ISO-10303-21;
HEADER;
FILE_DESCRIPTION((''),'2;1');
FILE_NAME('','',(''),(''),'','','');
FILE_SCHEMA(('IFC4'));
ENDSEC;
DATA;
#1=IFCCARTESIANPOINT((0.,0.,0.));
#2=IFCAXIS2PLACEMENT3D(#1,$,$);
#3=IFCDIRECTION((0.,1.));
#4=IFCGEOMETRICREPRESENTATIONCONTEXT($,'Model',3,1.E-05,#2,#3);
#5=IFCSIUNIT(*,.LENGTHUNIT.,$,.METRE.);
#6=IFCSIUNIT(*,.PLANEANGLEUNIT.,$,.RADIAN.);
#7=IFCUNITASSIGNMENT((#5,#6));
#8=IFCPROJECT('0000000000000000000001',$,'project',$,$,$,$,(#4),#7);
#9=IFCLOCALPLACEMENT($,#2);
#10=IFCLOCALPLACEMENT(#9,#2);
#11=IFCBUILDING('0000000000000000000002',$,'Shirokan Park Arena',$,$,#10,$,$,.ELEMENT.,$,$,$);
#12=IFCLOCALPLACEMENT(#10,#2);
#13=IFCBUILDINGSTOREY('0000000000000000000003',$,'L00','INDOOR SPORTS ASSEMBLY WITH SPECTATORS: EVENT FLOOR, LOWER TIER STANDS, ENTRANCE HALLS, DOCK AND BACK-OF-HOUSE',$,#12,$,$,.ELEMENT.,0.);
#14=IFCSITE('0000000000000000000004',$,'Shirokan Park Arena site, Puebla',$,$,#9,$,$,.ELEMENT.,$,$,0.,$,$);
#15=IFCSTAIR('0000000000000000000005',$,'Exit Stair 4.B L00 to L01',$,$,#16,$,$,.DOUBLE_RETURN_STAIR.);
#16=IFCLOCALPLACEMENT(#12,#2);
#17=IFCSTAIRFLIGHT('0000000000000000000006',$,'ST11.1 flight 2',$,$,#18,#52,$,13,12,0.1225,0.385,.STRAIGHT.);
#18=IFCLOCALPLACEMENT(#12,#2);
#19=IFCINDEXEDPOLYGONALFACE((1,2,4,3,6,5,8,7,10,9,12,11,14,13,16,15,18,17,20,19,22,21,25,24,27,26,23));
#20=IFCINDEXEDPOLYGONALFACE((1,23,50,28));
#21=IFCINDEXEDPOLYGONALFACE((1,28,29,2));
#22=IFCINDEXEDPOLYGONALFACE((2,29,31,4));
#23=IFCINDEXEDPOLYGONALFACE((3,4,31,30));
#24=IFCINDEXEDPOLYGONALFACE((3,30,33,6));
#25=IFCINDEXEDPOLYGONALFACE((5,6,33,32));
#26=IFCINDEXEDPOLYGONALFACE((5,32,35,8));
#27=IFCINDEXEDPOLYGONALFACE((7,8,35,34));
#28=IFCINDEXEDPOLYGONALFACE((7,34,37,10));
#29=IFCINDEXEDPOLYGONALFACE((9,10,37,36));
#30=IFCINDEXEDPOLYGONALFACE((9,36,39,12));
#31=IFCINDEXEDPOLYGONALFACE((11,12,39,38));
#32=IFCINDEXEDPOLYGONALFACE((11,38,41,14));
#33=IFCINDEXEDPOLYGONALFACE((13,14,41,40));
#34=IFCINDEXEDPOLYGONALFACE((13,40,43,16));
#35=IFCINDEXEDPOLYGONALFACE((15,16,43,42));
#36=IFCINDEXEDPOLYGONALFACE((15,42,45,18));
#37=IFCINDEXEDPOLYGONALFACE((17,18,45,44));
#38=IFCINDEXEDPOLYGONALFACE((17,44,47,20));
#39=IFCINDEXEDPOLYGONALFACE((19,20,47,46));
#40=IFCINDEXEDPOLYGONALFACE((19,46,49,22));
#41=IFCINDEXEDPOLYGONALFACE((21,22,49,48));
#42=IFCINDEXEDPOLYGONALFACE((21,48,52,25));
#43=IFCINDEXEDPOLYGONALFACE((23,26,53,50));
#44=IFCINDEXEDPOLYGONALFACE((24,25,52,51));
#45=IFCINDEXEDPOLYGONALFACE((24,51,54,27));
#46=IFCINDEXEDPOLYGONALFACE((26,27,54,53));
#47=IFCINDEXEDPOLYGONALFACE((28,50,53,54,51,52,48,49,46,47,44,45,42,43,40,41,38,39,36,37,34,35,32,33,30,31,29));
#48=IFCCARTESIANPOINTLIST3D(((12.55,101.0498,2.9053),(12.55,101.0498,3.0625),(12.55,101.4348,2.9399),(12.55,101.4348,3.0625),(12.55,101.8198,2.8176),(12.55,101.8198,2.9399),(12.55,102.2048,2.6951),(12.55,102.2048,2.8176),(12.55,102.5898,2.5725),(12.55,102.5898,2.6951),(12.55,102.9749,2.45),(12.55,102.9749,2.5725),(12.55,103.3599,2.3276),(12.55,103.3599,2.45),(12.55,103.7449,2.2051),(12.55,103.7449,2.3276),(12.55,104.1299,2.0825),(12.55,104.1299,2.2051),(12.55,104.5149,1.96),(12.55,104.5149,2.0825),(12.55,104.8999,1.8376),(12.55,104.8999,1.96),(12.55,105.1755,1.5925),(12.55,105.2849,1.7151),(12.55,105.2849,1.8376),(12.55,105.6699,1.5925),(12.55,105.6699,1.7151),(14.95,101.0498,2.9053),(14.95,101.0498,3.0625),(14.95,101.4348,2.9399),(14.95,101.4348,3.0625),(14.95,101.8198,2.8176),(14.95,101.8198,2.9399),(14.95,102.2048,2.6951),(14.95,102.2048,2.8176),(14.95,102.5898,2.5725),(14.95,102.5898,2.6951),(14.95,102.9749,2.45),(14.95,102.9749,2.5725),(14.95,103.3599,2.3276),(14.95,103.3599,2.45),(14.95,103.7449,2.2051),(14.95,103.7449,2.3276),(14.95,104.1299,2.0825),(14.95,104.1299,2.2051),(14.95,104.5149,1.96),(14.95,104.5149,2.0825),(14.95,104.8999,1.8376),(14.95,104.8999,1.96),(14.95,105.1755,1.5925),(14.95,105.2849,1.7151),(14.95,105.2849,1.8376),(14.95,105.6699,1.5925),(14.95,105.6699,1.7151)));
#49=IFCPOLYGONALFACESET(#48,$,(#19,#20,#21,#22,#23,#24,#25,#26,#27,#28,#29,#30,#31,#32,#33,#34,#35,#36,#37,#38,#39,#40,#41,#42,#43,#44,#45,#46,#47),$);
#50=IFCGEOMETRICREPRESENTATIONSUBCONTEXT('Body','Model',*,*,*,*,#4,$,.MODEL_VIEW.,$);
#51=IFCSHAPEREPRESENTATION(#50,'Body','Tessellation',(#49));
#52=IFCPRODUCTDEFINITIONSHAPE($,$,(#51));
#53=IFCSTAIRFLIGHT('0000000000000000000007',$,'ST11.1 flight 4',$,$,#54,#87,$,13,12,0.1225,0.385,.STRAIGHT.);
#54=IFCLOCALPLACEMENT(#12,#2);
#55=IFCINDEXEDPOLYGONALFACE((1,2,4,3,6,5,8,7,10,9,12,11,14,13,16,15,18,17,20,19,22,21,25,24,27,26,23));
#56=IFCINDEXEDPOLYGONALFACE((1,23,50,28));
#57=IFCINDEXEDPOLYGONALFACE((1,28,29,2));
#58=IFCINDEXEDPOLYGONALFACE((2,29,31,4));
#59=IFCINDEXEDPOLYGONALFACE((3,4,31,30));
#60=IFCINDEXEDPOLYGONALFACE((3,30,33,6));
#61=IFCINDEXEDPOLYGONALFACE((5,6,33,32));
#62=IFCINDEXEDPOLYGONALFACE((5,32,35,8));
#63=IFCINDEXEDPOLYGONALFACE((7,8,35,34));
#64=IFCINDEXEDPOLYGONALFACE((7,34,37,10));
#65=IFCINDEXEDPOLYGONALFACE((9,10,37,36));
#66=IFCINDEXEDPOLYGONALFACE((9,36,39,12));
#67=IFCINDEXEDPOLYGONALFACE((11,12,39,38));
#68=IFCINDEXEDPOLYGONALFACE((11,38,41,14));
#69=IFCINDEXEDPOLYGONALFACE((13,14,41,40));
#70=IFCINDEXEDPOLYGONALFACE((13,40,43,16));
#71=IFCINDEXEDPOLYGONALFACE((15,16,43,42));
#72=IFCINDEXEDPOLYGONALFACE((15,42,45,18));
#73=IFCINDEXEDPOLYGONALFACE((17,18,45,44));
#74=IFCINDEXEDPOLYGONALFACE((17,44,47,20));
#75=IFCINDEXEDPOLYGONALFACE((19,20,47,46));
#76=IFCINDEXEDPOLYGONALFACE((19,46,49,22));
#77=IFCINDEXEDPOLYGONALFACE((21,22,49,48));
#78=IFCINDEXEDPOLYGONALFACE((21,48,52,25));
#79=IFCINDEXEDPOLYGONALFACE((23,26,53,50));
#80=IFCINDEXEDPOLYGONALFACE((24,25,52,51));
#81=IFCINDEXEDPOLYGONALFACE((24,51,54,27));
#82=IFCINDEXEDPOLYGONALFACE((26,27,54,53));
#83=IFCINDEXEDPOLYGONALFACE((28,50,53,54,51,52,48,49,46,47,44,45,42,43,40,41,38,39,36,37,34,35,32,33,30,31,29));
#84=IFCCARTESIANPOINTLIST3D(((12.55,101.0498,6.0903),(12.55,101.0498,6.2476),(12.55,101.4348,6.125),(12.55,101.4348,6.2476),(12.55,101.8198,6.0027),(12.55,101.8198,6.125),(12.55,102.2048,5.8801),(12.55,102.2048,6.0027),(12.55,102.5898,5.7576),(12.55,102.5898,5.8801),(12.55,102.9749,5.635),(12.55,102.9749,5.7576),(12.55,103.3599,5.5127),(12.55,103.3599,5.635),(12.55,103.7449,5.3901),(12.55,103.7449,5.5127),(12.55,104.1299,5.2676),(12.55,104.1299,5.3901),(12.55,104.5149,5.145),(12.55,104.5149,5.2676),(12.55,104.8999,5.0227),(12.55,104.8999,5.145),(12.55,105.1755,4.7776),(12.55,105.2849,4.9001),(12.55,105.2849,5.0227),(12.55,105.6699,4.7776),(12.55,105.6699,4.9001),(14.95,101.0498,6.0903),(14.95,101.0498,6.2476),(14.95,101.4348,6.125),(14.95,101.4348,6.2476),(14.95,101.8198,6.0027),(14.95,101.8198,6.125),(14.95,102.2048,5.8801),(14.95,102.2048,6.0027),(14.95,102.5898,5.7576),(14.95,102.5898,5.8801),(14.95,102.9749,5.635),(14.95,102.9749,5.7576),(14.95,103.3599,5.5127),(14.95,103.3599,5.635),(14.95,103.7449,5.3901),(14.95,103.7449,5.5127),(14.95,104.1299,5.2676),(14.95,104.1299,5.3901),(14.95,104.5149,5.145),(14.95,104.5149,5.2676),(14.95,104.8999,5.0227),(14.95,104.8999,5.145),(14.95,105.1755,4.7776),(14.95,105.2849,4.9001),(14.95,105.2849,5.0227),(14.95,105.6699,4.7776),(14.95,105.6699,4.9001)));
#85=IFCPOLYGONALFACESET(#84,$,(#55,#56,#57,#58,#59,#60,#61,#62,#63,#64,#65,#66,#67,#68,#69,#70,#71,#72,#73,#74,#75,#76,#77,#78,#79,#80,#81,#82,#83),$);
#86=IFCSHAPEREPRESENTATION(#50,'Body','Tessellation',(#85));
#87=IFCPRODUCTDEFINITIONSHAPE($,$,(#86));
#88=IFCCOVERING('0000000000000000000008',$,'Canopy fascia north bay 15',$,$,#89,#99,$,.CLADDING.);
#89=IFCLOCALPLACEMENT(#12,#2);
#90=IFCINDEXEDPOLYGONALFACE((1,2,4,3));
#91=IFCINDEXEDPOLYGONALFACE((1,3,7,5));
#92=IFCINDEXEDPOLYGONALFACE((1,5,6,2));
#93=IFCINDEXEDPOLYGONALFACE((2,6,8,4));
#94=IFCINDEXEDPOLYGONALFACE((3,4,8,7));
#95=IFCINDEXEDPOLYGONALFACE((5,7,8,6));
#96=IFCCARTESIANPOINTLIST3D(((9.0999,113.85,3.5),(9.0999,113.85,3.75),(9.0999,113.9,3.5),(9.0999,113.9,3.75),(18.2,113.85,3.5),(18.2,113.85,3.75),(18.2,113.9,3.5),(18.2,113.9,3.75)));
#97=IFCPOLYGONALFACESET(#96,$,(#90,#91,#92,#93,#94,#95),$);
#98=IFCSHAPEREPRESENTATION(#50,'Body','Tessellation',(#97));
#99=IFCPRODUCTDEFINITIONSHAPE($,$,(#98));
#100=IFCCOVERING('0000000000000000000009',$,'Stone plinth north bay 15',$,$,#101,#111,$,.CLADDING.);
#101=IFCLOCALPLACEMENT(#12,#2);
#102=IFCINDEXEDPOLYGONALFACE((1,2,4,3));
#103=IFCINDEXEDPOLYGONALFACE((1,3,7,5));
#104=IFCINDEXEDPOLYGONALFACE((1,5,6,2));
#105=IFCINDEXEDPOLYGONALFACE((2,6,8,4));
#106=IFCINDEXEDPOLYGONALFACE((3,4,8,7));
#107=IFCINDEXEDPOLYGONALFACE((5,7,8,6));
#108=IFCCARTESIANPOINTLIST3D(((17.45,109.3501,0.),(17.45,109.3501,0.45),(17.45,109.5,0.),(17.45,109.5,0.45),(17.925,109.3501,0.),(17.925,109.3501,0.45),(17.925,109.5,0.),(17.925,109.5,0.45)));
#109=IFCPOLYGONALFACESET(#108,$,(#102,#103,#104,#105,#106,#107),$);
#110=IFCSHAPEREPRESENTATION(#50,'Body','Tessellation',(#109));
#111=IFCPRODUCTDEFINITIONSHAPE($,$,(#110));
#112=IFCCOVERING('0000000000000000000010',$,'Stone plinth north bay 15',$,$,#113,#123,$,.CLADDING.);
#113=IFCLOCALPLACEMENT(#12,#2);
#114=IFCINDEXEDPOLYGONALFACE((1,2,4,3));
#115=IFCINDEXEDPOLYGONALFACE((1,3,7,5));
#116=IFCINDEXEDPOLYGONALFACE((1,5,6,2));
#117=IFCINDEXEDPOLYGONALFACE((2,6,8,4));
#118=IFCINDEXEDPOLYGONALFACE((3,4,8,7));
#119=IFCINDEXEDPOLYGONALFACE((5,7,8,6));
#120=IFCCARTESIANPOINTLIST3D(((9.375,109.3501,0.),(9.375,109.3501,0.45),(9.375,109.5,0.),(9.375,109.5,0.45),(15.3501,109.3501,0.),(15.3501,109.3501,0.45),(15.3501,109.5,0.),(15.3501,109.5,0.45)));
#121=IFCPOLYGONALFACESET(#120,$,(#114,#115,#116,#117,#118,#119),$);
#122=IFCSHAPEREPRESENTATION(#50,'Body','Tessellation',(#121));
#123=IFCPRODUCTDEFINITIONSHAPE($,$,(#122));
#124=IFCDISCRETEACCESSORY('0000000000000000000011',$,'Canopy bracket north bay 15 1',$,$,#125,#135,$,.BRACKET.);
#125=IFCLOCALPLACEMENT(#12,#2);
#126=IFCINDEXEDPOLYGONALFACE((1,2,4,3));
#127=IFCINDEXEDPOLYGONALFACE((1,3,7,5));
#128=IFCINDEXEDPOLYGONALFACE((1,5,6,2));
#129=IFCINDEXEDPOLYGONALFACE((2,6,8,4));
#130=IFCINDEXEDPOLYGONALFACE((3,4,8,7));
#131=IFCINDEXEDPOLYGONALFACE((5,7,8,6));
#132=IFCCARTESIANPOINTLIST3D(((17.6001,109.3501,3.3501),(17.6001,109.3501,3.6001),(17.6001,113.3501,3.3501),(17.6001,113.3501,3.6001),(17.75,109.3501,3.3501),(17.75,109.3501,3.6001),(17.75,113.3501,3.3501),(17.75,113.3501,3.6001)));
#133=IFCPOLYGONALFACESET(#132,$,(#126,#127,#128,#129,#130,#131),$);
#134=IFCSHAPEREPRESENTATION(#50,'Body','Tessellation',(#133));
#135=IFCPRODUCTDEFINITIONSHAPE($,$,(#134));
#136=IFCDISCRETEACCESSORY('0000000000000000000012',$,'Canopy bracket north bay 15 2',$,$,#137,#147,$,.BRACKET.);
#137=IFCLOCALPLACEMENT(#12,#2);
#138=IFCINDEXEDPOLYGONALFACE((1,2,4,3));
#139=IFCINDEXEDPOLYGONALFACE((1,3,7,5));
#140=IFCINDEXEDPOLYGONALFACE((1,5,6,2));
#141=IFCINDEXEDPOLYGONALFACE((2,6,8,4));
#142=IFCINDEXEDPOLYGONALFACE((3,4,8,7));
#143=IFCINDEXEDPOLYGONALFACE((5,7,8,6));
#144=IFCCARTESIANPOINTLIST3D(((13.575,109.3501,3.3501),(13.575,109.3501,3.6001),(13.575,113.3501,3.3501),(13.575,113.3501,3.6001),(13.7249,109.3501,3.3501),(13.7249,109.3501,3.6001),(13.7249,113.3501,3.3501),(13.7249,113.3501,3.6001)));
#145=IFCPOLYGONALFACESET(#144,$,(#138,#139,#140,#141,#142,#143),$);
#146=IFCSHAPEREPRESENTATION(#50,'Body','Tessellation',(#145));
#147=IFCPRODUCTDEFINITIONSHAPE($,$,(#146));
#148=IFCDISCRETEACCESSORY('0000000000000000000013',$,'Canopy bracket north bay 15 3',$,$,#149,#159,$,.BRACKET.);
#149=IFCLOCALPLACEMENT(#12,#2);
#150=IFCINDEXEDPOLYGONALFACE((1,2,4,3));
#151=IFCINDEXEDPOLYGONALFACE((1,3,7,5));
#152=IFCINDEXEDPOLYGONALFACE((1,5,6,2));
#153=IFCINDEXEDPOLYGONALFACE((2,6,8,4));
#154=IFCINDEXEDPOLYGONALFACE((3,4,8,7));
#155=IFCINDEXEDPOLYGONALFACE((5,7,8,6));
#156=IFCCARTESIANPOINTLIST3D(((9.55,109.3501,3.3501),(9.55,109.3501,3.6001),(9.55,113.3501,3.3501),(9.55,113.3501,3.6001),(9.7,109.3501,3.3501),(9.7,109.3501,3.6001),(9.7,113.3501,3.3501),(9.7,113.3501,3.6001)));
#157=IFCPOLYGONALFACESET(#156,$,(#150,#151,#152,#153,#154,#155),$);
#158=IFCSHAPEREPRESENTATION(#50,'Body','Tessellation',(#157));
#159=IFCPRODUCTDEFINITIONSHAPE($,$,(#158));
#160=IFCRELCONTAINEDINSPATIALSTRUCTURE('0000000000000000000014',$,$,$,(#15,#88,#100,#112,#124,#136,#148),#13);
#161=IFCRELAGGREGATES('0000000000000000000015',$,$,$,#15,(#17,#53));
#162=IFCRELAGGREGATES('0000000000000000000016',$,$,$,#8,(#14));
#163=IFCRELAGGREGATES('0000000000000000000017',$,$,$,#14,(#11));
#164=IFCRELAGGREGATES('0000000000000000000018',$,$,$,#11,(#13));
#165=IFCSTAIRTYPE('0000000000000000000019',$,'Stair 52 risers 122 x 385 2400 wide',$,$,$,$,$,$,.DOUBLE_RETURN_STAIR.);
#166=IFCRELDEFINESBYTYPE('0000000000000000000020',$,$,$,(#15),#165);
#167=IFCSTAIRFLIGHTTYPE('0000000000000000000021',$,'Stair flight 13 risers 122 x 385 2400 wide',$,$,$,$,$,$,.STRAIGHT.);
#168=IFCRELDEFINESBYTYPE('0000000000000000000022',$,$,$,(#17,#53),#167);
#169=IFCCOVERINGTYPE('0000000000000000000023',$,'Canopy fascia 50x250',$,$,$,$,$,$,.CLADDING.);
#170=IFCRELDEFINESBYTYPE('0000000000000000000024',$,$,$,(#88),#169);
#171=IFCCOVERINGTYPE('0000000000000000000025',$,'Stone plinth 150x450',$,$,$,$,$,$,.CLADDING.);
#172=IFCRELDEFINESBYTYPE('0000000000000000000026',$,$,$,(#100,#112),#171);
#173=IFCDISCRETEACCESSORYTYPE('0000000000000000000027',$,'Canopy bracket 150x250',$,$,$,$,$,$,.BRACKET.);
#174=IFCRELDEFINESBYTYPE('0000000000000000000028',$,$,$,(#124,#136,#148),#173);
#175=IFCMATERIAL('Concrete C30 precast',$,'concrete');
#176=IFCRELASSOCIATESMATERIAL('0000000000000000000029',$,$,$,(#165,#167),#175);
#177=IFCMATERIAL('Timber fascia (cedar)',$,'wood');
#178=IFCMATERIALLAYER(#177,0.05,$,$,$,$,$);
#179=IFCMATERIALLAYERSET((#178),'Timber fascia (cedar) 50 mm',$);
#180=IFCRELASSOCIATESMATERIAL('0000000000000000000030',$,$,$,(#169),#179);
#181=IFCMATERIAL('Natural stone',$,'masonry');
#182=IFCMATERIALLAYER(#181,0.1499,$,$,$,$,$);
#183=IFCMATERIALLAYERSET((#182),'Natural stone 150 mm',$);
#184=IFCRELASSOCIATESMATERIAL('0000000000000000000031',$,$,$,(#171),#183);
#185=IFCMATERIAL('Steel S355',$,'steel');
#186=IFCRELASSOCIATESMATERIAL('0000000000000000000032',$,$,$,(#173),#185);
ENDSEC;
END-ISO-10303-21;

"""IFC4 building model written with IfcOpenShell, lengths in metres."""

from ifc_helpers import new_model, si_unit, direction, frame, origin, origin_2d, place, context, subcontext, project, spatial, polyline, rectangle, outline, extrude, material, layer, layer_set, type_object, element, aggregate, save


model = new_model("IFC4")

# Units and contexts
model_context = context("Model", 3, precision=1e-05, world=origin(), true_north=direction((0.0, 1.0)))
body_context = subcontext(model_context, "Body", "Model", "MODEL_VIEW")
ifc_project = project(units=[si_unit("LENGTHUNIT", "METRE"), si_unit("PLANEANGLEUNIT", "RADIAN")], contexts=[model_context])

# Site, building, storey
site_placement = place(None, origin())
site = spatial("IfcSite", under=ifc_project, at=site_placement, Name="Shirokan Park Arena site, Puebla", CompositionType="ELEMENT", RefElevation=0.0)
building_placement = place(site_placement, origin())
building = spatial("IfcBuilding", under=site, at=building_placement, Name="Shirokan Park Arena", CompositionType="ELEMENT")
storey_placement = place(building_placement, origin())
storey = spatial("IfcBuildingStorey", under=building, at=storey_placement, Name="L00", Description="INDOOR SPORTS ASSEMBLY WITH SPECTATORS: EVENT FLOOR, LOWER TIER STANDS, ENTRANCE HALLS, DOCK AND BACK-OF-HOUSE", CompositionType="ELEMENT", Elevation=0.0)

# Stair, stair flights
ifc_material_1 = material(Name="Concrete C30 precast", Category="concrete")
stair_type = type_object("IfcStairType", Name="Stair 52 risers 122 x 385 2400 wide", PredefinedType="DOUBLE_RETURN_STAIR", material=ifc_material_1)
stair_placement = place(storey_placement, origin())
stair = element("IfcStair", 1, at=stair_placement, inside=storey, type_object=stair_type, Name="Exit Stair 4.B L00 to L01", PredefinedType="DOUBLE_RETURN_STAIR")
stair_flight_type = type_object("IfcStairFlightType", Name="Stair flight 13 risers 122 x 385 2400 wide", PredefinedType="STRAIGHT", material=ifc_material_1)
stair_flight_1_placement = place(storey_placement, frame((13.75, 105.6699, 1.5925), z_axis=(0.0, 0.0, 1.0), x_axis=(0.0, -1.0, 0.0)))
stair_flight_1 = element("IfcStairFlight", 2, at=stair_flight_1_placement, type_object=stair_flight_type, Name="ST11.1 flight 2", NumberOfRisers=13, NumberOfTreads=12, PredefinedType="STRAIGHT", RiserHeight=0.1225, TreadLength=0.385, context=body_context, shape_type="SweptSolid", body=[
    extrude(outline(polyline([(0.0, 0.0), (0.0, 0.1226), (0.385, 0.1226), (0.385, 0.2451), (0.77, 0.2451), (0.77, 0.3674), (1.155, 0.3674), (1.155, 0.49), (1.54, 0.49), (1.54, 0.6125), (1.925, 0.6125), (1.925, 0.7351), (2.3101, 0.7351), (2.3101, 0.8574), (2.6951, 0.8574), (2.6951, 0.98), (3.0801, 0.98), (3.0801, 1.1025), (3.4651, 1.1025), (3.4651, 1.2251), (3.8501, 1.2251), (3.8501, 1.3474), (4.2351, 1.3474), (4.2351, 1.47), (4.6201, 1.47), (4.6201, 1.5925), (4.6201, 1.3127), (0.4944, 0.0), (0.0, 0.0)])), frame((0.0, 1.2, 0.0), z_axis=(0.0, -1.0, 0.0), x_axis=(1.0, 0.0, 0.0)), (0.0, 0.0, 1.0), 2.3999),
])
stair_flight_2_placement = place(storey_placement, frame((13.75, 105.6699, 4.7776), z_axis=(0.0, 0.0, 1.0), x_axis=(0.0, -1.0, 0.0)))
stair_flight_2 = element("IfcStairFlight", 3, at=stair_flight_2_placement, type_object=stair_flight_type, Name="ST11.1 flight 4", NumberOfRisers=13, NumberOfTreads=12, PredefinedType="STRAIGHT", RiserHeight=0.1225, TreadLength=0.385, context=body_context, shape_type="SweptSolid", body=[
    extrude(outline(polyline([(0.0, 0.0), (0.0, 0.1226), (0.385, 0.1226), (0.385, 0.2451), (0.77, 0.2451), (0.77, 0.3674), (1.155, 0.3674), (1.155, 0.49), (1.54, 0.49), (1.54, 0.6125), (1.925, 0.6125), (1.925, 0.7351), (2.3101, 0.7351), (2.3101, 0.8574), (2.6951, 0.8574), (2.6951, 0.98), (3.0801, 0.98), (3.0801, 1.1025), (3.4651, 1.1025), (3.4651, 1.2251), (3.8501, 1.2251), (3.8501, 1.3474), (4.2351, 1.3474), (4.2351, 1.47), (4.6201, 1.47), (4.6201, 1.5925), (4.6201, 1.3127), (0.4944, 0.0), (0.0, 0.0)])), frame((0.0, 1.2, 0.0), z_axis=(0.0, -1.0, 0.0), x_axis=(1.0, 0.0, 0.0)), (0.0, 0.0, 1.0), 2.3999),
])
aggregate(stair, [stair_flight_1, stair_flight_2])

# Covering
ifc_material_2 = material(Name="Timber fascia (cedar)", Category="wood")
ifc_layer_1 = layer(ifc_material_2, 0.05)
ifc_layer_set_1 = layer_set([ifc_layer_1], Name="Timber fascia (cedar) 50 mm")
covering_type_1 = type_object("IfcCoveringType", Name="Canopy fascia 50x250", PredefinedType="CLADDING", material=ifc_layer_set_1)
covering_1_placement = place(storey_placement, frame((13.6499, 113.875, 3.5), z_axis=(0.0, 0.0, 1.0), x_axis=(-1.0, 0.0, 0.0)))
element("IfcCovering", 4, at=covering_1_placement, inside=storey, type_object=covering_type_1, Name="Canopy fascia north bay 15", PredefinedType="CLADDING", context=body_context, shape_type="SweptSolid", body=[
    extrude(rectangle(XDim=9.1001, YDim=0.05, at=origin_2d()), origin(), (0.0, 0.0, 1.0), 0.25),
])

# Coverings
ifc_material_3 = material(Name="Natural stone", Category="masonry")
ifc_layer_2 = layer(ifc_material_3, 0.1499)
ifc_layer_set_2 = layer_set([ifc_layer_2], Name="Natural stone 150 mm")
covering_type_2 = type_object("IfcCoveringType", Name="Stone plinth 150x450", PredefinedType="CLADDING", material=ifc_layer_set_2)
covering_2_placement = place(storey_placement, frame((17.6875, 109.425, 0.0), z_axis=(0.0, 0.0, 1.0), x_axis=(-1.0, 0.0, 0.0)))
element("IfcCovering", 5, at=covering_2_placement, inside=storey, type_object=covering_type_2, Name="Stone plinth north bay 15", PredefinedType="CLADDING", context=body_context, shape_type="SweptSolid", body=[
    extrude(rectangle(XDim=0.4751, YDim=0.1499, at=origin_2d()), origin(), (0.0, 0.0, 1.0), 0.45),
])
covering_3_placement = place(storey_placement, frame((12.3625, 109.425, 0.0), z_axis=(0.0, 0.0, 1.0), x_axis=(-1.0, 0.0, 0.0)))
element("IfcCovering", 6, at=covering_3_placement, inside=storey, type_object=covering_type_2, Name="Stone plinth north bay 15", PredefinedType="CLADDING", context=body_context, shape_type="SweptSolid", body=[
    extrude(rectangle(XDim=5.9751, YDim=0.1499, at=origin_2d()), origin(), (0.0, 0.0, 1.0), 0.45),
])

# Discrete accessories
ifc_material_4 = material(Name="Steel S355", Category="steel")
discrete_accessory_type = type_object("IfcDiscreteAccessoryType", Name="Canopy bracket 150x250", PredefinedType="BRACKET", material=ifc_material_4)
for number, where, z_axis, x_axis, name in (
    (7, (17.675, 111.3501, 3.3501), (0.0, 0.0, 1.0), (-1.0, 0.0, 0.0), "Canopy bracket north bay 15 1"),
    (8, (13.6499, 111.3501, 3.3501), (0.0, 0.0, 1.0), (-1.0, 0.0, 0.0), "Canopy bracket north bay 15 2"),
    (9, (9.625, 111.3501, 3.3501), (0.0, 0.0, 1.0), (-1.0, 0.0, 0.0), "Canopy bracket north bay 15 3"),
):
    element("IfcDiscreteAccessory", number, at=place(storey_placement, frame(where, z_axis=z_axis, x_axis=x_axis)), inside=storey, type_object=discrete_accessory_type, Name=name, PredefinedType="BRACKET", context=body_context, shape_type="SweptSolid", body=[
        extrude(rectangle(XDim=0.1499, YDim=4.0, at=origin_2d()), origin(), (0.0, 0.0, 1.0), 0.25),
    ])

save(model, "model.ifc")
